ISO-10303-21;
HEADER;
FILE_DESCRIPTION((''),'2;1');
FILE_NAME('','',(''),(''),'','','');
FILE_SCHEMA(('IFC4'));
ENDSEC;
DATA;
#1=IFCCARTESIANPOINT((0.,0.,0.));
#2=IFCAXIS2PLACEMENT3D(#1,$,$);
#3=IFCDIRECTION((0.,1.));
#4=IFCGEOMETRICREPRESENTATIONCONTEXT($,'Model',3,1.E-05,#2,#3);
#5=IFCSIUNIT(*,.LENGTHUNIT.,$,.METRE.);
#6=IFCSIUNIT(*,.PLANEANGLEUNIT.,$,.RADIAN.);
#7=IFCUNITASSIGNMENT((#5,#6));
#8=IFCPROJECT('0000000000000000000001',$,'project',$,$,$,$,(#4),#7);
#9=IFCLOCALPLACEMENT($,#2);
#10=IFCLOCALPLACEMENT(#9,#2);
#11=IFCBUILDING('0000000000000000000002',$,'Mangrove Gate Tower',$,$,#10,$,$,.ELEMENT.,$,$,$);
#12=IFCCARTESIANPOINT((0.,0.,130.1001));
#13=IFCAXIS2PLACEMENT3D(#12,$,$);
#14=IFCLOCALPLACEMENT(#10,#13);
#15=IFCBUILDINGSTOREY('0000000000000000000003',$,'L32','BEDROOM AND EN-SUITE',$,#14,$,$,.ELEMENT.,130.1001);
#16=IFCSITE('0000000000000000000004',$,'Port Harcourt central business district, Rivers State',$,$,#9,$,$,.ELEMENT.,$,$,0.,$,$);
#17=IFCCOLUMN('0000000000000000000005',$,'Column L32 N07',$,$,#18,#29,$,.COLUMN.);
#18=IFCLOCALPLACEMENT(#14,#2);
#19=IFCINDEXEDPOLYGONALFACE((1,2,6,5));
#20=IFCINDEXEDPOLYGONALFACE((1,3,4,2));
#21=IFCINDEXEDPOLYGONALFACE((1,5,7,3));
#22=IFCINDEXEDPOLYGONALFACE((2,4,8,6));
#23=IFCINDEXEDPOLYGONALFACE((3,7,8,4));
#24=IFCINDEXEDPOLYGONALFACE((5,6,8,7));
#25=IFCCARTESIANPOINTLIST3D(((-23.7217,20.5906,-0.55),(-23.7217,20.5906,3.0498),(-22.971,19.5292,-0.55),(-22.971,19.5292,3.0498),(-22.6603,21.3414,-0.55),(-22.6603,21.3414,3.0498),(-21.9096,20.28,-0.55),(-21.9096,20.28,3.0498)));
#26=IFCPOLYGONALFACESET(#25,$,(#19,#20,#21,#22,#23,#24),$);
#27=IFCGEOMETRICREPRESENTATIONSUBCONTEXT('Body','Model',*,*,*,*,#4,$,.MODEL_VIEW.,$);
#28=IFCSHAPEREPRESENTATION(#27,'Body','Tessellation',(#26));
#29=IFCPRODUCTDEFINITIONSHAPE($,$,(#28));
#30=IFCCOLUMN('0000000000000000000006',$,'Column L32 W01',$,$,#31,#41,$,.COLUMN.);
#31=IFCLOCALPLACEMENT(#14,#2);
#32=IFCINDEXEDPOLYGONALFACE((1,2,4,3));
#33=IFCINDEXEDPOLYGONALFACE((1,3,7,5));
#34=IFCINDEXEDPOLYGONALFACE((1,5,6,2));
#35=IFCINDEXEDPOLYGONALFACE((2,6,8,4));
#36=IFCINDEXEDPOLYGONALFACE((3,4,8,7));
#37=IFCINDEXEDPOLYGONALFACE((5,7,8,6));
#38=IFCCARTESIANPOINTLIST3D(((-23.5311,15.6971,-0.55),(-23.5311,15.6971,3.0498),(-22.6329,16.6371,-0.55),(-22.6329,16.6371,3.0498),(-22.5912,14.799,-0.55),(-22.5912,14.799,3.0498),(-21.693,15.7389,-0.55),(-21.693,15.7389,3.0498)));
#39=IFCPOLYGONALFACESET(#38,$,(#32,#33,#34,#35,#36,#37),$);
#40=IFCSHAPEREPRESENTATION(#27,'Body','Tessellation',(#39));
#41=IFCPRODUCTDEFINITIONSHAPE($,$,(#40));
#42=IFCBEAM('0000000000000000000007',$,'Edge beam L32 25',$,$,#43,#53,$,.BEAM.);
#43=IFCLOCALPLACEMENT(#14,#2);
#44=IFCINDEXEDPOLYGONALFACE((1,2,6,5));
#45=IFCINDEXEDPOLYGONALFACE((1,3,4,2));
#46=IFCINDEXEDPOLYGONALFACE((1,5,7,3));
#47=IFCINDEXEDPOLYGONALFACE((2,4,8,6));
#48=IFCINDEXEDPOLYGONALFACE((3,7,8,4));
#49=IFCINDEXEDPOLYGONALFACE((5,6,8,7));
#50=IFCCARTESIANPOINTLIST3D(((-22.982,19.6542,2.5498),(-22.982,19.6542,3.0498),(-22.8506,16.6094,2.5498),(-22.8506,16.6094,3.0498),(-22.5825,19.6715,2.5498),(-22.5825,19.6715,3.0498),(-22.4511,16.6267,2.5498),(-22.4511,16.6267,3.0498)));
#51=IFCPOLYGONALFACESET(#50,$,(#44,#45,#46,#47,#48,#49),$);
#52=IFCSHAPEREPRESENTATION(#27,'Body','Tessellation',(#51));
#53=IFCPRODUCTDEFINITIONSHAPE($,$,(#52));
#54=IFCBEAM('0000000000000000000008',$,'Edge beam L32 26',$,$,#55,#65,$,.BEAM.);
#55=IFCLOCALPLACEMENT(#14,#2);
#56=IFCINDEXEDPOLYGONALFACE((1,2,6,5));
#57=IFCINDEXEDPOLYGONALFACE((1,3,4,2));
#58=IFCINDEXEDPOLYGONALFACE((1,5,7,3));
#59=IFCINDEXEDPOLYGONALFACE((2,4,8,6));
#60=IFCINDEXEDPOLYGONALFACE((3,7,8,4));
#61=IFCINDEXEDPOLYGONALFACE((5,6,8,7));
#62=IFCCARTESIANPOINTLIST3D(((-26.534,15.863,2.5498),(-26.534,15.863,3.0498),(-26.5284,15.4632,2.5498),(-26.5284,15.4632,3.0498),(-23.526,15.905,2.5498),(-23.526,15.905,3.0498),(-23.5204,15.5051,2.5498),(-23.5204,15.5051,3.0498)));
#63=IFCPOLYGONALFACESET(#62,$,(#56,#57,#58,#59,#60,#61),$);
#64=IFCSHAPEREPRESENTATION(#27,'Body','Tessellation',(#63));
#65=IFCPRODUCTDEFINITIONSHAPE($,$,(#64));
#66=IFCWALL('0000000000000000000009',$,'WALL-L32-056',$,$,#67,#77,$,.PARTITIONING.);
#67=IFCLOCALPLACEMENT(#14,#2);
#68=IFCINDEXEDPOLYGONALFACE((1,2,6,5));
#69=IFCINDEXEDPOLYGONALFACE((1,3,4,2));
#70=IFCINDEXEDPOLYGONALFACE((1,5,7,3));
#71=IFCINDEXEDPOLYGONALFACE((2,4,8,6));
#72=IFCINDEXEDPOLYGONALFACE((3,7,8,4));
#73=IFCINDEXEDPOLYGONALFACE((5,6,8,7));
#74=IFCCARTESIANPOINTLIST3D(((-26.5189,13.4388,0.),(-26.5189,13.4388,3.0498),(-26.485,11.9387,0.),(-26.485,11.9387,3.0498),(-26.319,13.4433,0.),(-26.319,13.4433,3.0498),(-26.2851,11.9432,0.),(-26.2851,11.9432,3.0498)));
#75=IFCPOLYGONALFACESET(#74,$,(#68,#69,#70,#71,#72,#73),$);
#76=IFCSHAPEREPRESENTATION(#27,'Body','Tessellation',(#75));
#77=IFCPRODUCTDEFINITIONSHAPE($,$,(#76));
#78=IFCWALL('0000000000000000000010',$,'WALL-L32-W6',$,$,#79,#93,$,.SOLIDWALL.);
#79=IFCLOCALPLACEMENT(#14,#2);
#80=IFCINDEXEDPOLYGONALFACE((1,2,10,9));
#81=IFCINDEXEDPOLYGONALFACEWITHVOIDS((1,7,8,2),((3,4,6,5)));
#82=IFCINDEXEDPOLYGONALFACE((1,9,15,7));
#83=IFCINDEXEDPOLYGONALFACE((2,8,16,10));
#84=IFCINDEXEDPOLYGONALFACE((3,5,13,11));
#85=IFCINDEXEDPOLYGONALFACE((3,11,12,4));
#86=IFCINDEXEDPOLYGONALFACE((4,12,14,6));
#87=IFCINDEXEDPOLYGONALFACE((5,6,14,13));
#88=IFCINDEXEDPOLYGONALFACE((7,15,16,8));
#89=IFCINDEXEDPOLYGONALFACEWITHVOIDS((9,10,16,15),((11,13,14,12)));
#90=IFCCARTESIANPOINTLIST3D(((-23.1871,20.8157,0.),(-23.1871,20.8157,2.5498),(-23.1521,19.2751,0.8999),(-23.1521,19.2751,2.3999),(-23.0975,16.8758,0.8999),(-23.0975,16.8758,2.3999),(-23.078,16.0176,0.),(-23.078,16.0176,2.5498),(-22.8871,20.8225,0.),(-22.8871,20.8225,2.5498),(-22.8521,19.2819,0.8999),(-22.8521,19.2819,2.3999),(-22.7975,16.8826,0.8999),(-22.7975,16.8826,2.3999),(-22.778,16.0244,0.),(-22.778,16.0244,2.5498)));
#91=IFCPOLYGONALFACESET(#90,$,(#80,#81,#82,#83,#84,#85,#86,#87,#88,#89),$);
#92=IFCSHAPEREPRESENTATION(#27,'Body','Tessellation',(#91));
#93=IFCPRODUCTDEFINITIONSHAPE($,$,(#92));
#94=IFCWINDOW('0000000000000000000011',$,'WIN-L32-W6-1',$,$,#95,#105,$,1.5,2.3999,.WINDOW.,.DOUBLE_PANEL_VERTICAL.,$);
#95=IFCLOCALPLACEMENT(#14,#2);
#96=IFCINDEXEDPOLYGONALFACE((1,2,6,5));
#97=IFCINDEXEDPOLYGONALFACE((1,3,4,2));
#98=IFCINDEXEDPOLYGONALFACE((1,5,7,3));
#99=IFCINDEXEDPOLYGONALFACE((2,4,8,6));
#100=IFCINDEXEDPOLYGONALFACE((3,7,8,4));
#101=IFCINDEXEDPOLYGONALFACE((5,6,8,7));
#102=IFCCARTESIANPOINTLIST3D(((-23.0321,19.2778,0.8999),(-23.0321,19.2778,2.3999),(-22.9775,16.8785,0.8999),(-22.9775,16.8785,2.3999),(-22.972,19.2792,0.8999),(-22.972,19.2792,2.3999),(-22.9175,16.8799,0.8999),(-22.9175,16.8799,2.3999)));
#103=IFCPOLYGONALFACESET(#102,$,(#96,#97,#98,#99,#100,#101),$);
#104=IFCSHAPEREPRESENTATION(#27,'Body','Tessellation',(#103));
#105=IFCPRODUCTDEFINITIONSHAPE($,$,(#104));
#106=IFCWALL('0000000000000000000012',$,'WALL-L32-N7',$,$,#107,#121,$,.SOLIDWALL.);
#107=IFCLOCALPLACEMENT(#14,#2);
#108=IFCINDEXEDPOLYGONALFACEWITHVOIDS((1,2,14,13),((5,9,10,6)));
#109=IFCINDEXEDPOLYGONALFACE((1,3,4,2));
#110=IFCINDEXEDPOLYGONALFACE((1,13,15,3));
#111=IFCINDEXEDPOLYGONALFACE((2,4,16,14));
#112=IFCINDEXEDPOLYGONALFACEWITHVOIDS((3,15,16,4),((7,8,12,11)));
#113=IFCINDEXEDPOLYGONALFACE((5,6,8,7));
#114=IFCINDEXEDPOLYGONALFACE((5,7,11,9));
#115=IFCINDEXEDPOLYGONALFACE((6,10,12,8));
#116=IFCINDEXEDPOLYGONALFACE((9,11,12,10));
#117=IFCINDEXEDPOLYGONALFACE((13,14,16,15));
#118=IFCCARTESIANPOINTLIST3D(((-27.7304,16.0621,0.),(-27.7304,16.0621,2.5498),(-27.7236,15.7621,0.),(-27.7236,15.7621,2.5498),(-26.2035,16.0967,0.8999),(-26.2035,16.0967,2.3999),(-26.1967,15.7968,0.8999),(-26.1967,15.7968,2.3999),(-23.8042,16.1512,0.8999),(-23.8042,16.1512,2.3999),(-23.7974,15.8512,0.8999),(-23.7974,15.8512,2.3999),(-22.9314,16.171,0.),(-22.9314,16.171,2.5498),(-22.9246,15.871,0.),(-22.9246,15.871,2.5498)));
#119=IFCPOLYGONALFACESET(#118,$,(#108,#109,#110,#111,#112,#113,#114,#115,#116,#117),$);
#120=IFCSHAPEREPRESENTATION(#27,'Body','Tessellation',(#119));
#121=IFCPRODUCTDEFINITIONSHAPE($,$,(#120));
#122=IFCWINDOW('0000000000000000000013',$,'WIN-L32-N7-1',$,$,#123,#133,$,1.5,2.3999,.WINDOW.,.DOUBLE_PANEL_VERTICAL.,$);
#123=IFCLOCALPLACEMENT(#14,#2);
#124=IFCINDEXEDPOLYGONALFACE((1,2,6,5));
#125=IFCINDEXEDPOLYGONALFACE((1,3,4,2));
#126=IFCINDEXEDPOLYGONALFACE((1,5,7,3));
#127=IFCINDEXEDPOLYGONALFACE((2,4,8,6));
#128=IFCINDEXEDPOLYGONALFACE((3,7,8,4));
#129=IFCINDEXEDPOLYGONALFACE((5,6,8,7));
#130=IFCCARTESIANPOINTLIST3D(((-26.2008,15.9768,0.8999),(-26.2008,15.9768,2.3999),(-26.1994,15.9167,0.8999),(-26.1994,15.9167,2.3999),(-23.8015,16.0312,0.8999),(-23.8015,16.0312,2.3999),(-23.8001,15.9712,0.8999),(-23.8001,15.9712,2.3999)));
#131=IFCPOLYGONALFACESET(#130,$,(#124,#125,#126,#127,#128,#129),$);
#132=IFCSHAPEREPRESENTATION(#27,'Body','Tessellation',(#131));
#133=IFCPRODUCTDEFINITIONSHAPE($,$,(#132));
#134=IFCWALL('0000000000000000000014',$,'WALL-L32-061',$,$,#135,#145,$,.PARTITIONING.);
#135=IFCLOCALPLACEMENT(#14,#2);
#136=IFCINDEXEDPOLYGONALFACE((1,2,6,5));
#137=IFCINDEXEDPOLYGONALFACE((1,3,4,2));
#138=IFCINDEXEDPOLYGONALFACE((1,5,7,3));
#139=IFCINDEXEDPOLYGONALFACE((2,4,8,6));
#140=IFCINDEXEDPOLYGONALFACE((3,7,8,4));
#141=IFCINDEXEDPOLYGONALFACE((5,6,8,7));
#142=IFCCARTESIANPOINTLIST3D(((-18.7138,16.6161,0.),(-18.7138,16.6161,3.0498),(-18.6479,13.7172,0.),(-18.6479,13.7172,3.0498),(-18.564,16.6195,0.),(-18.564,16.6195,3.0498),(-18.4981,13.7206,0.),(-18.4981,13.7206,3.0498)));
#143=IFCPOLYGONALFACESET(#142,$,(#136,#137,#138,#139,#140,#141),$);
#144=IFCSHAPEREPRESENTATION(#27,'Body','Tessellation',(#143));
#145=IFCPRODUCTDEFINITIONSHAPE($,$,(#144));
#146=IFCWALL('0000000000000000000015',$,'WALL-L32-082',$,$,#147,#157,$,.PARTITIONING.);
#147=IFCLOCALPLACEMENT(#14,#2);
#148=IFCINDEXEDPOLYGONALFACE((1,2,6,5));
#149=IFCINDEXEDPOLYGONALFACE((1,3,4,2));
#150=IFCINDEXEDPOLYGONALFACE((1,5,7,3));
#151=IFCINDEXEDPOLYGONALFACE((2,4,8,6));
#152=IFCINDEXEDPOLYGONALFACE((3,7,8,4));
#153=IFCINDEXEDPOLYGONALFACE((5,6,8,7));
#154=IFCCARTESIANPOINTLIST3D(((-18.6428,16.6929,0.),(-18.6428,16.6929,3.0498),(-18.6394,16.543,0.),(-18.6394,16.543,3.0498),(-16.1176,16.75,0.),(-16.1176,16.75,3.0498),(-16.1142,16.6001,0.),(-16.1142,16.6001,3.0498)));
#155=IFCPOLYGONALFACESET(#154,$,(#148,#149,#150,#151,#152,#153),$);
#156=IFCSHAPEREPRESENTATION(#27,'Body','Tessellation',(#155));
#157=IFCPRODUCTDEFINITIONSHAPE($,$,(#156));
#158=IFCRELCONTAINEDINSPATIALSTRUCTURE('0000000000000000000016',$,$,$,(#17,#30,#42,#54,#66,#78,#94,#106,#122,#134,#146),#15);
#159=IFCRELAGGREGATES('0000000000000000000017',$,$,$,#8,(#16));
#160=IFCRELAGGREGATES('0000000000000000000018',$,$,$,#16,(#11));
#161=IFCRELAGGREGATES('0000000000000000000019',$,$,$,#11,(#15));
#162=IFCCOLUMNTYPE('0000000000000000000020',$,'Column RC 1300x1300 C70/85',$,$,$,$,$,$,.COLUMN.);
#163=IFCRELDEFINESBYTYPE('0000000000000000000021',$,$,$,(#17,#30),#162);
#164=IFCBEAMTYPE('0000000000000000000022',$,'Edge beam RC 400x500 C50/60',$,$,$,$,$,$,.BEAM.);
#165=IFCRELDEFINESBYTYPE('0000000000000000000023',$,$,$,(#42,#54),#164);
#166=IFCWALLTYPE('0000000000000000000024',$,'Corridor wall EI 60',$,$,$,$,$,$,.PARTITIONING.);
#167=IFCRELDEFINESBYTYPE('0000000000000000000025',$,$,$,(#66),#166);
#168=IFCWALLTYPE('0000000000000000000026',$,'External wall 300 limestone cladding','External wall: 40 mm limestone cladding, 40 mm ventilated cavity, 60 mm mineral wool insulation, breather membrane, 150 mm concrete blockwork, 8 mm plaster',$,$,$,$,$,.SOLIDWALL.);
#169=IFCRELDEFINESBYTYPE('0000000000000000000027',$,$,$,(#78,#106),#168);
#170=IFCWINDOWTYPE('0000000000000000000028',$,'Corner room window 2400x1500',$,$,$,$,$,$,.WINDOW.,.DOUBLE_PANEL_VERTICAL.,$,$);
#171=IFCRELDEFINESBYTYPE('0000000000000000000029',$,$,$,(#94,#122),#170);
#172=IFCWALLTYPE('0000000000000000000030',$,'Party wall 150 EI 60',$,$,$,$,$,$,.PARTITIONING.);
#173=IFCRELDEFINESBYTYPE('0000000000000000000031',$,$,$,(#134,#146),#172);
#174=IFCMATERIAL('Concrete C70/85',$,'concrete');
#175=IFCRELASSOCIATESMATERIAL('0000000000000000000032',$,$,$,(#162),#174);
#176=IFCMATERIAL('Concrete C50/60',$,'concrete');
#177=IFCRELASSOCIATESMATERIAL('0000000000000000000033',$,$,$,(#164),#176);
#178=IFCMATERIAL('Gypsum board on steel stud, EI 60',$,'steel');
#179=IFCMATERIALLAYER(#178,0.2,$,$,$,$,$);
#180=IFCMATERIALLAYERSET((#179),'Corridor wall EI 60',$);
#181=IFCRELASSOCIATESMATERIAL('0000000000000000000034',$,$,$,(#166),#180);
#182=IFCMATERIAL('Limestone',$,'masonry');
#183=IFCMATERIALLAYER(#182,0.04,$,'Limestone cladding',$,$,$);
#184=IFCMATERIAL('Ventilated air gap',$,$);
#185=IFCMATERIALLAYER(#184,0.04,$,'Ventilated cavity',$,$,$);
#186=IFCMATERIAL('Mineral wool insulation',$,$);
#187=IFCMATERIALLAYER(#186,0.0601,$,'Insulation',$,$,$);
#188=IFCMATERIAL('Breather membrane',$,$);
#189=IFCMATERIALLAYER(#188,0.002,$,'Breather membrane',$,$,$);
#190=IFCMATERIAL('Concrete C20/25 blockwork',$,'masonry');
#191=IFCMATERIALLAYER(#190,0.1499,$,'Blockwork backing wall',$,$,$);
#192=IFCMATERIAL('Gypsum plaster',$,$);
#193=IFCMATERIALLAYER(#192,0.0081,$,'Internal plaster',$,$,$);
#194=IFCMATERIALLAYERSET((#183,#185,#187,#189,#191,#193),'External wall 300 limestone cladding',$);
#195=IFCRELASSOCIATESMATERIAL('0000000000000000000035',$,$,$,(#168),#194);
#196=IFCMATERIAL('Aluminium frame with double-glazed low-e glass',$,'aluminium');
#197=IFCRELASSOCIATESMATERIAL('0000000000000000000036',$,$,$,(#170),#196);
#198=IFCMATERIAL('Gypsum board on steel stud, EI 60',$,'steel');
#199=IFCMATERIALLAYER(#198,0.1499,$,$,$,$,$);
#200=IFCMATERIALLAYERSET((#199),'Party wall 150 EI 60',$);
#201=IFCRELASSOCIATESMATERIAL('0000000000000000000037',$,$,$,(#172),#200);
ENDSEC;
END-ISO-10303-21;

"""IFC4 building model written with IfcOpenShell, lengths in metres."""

from ifc_helpers import new_model, si_unit, direction, frame, frame_2d, origin, origin_2d, place, context, subcontext, project, spatial, rectangle, extrude, material, layer, layer_set, material_profile, profile_set, type_object, element, fill, save


model = new_model("IFC4")

# Units and contexts
model_context = context("Model", 3, precision=1e-05, world=origin(), true_north=direction((0.0, 1.0)))
body_context = subcontext(model_context, "Body", "Model", "MODEL_VIEW")
ifc_project = project(units=[si_unit("LENGTHUNIT", "METRE"), si_unit("PLANEANGLEUNIT", "RADIAN")], contexts=[model_context])

# Site, building, storey
site_placement = place(None, origin())
site = spatial("IfcSite", under=ifc_project, at=site_placement, Name="Port Harcourt central business district, Rivers State", CompositionType="ELEMENT", RefElevation=0.0)
building_placement = place(site_placement, origin())
building = spatial("IfcBuilding", under=site, at=building_placement, Name="Mangrove Gate Tower", CompositionType="ELEMENT")
storey_placement = place(building_placement, frame((0.0, 0.0, 130.1001)))
storey = spatial("IfcBuildingStorey", under=building, at=storey_placement, Name="L32", Description="BEDROOM AND EN-SUITE", CompositionType="ELEMENT", Elevation=130.1001)

# Columns
ifc_material_1 = material(Name="Concrete C70/85", Category="concrete")
ifc_material_profile_1 = material_profile(ifc_material_1, rectangle(XDim=1.3, YDim=1.3, at=origin_2d()))
ifc_profile_set_1 = profile_set([ifc_material_profile_1], Name="Concrete C70/85")
column_type = type_object("IfcColumnType", Name="Column RC 1300x1300 C70/85", PredefinedType="COLUMN", material=ifc_profile_set_1)
for number, where, z_axis, x_axis, name in (
    (1, (-22.8157, 20.4353, -0.55), (0.0, 0.0, 1.0), (-0.816422, -0.577455, 0.0), "Column L32 N07"),
    (2, (-22.6121, 15.718, -0.55), (0.0, 0.0, 1.0), (-0.690868, -0.722981, 0.0), "Column L32 W01"),
):
    element("IfcColumn", number, at=place(storey_placement, frame(where, z_axis=z_axis, x_axis=x_axis)), inside=storey, type_object=column_type, Name=name, PredefinedType="COLUMN", context=body_context, shape_type="SweptSolid", body=[
        extrude(rectangle(XDim=1.3, YDim=1.3, at=origin_2d()), origin(), (0.0, 0.0, 1.0), 3.5999),
    ])

# Beams
ifc_material_2 = material(Name="Concrete C50/60", Category="concrete")
ifc_material_profile_2 = material_profile(ifc_material_2, rectangle(XDim=0.3999, YDim=0.5, at=origin_2d()))
ifc_profile_set_2 = profile_set([ifc_material_profile_2], Name="Concrete C50/60")
beam_type = type_object("IfcBeamType", Name="Edge beam RC 400x500 C50/60", PredefinedType="BEAM", material=ifc_profile_set_2)
beam_1_placement = place(storey_placement, frame((-22.7822, 19.6628, 2.7998), z_axis=(0.0431, -0.999071, 0.0), x_axis=(0.999071, 0.0431, 0.0)))
element("IfcBeam", 3, at=beam_1_placement, inside=storey, type_object=beam_type, Name="Edge beam L32 25", PredefinedType="BEAM", context=body_context, shape_type="SweptSolid", body=[
    extrude(rectangle(XDim=0.3999, YDim=0.5, at=origin_2d()), origin(), (0.0, 0.0, 1.0), 3.0476),
])
beam_2_placement = place(storey_placement, frame((-23.5232, 15.7051, 2.7998), z_axis=(-0.999903, -0.013959, 0.0), x_axis=(0.013959, -0.999903, 0.0)))
element("IfcBeam", 4, at=beam_2_placement, inside=storey, type_object=beam_type, Name="Edge beam L32 26", PredefinedType="BEAM", context=body_context, shape_type="SweptSolid", body=[
    extrude(rectangle(XDim=0.3999, YDim=0.5, at=origin_2d()), origin(), (0.0, 0.0, 1.0), 3.0083),
])

# Wall
ifc_material_3 = material(Name="Gypsum board on steel stud, EI 60", Category="steel")
ifc_layer_1 = layer(ifc_material_3, 0.2)
ifc_layer_set_1 = layer_set([ifc_layer_1], Name="Corridor wall EI 60")
wall_type_1 = type_object("IfcWallType", Name="Corridor wall EI 60", PredefinedType="PARTITIONING", material=ifc_layer_set_1)
wall_1_placement = place(storey_placement, frame((-26.385, 11.9409, 0.0), z_axis=(0.0, 0.0, 1.0), x_axis=(-0.022618, 0.999744, 0.0)))
element("IfcWall", 5, at=wall_1_placement, inside=storey, type_object=wall_type_1, Name="WALL-L32-056", PredefinedType="PARTITIONING", context=body_context, shape_type="SweptSolid", body=[
    extrude(rectangle(XDim=1.5005, YDim=0.2, at=frame_2d((0.7502, 0.0))), origin(), (0.0, 0.0, 1.0), 3.0498),
])

# Walls, openings, windows
ifc_material_4 = material(Name="Limestone", Category="masonry")
ifc_layer_2 = layer(ifc_material_4, 0.04, Name="Limestone cladding")
ifc_material_5 = material(Name="Ventilated air gap")
ifc_layer_3 = layer(ifc_material_5, 0.04, Name="Ventilated cavity")
ifc_material_6 = material(Name="Mineral wool insulation")
ifc_layer_4 = layer(ifc_material_6, 0.0601, Name="Insulation")
ifc_material_7 = material(Name="Breather membrane")
ifc_layer_5 = layer(ifc_material_7, 0.002, Name="Breather membrane")
ifc_material_8 = material(Name="Concrete C20/25 blockwork", Category="masonry")
ifc_layer_6 = layer(ifc_material_8, 0.1499, Name="Blockwork backing wall")
ifc_material_9 = material(Name="Gypsum plaster")
ifc_layer_7 = layer(ifc_material_9, 0.0081, Name="Internal plaster")
ifc_layer_set_2 = layer_set([ifc_layer_2, ifc_layer_3, ifc_layer_4, ifc_layer_5, ifc_layer_6, ifc_layer_7], Name="External wall 300 limestone cladding")
wall_type_2 = type_object("IfcWallType", Name="External wall 300 limestone cladding", Description="External wall: 40 mm limestone cladding, 40 mm ventilated cavity, 60 mm mineral wool insulation, breather membrane, 150 mm concrete blockwork, 8 mm plaster", PredefinedType="SOLIDWALL", material=ifc_layer_set_2)
wall_2_placement = place(storey_placement, frame((-23.0371, 20.8191, 0.0), z_axis=(0.0, 0.0, 1.0), x_axis=(0.022739, -0.999741, 0.0)))
wall_2 = element("IfcWall", 6, at=wall_2_placement, inside=storey, type_object=wall_type_2, Name="WALL-L32-W6", PredefinedType="SOLIDWALL", context=body_context, shape_type="SweptSolid", body=[
    extrude(rectangle(XDim=4.7993, YDim=0.3, at=frame_2d((2.3997, 0.0))), origin(), (0.0, 0.0, 1.0), 2.5498),
])
opening_1_placement = place(wall_2_placement, frame((1.541, 0.0, 0.8999)))
opening_1 = element("IfcOpeningElement", 7, at=opening_1_placement, cuts=wall_2, PredefinedType="OPENING", context=body_context, shape_type="SweptSolid", body=[
    extrude(rectangle(XDim=2.3999, YDim=1.5, at=frame_2d((1.2, 0.75))), frame((0.0, 0.1599, 0.0), z_axis=(0.0, -1.0, 0.0), x_axis=(1.0, 0.0, 0.0)), (0.0, 0.0, 1.0), 0.3201),
])
ifc_material_10 = material(Name="Aluminium frame with double-glazed low-e glass", Category="aluminium")
window_type = type_object("IfcWindowType", Name="Corner room window 2400x1500", PartitioningType="DOUBLE_PANEL_VERTICAL", PredefinedType="WINDOW", material=ifc_material_10)
window_1_placement = place(opening_1_placement, origin())
window_1 = element("IfcWindow", 8, at=window_1_placement, inside=storey, type_object=window_type, Name="WIN-L32-W6-1", OverallHeight=1.5, OverallWidth=2.3999, PartitioningType="DOUBLE_PANEL_VERTICAL", PredefinedType="WINDOW", context=body_context, shape_type="SweptSolid", body=[
    extrude(rectangle(XDim=2.3999, YDim=1.5, at=frame_2d((1.2, 0.75))), frame((0.0, 0.03, 0.0), z_axis=(0.0, -1.0, 0.0), x_axis=(1.0, 0.0, 0.0)), (0.0, 0.0, 1.0), 0.0601),
])
fill(opening_1, window_1)
wall_3_placement = place(storey_placement, frame((-22.928, 16.021, 0.0), z_axis=(0.0, 0.0, 1.0), x_axis=(-0.999743, -0.022683, 0.0)))
wall_3 = element("IfcWall", 9, at=wall_3_placement, inside=storey, type_object=wall_type_2, Name="WALL-L32-N7", PredefinedType="SOLIDWALL", context=body_context, shape_type="SweptSolid", body=[
    extrude(rectangle(XDim=4.8003, YDim=0.3, at=frame_2d((2.4001, 0.0))), origin(), (0.0, 0.0, 1.0), 2.5498),
])
opening_2_placement = place(wall_3_placement, frame((0.873, 0.0, 0.8999)))
opening_2 = element("IfcOpeningElement", 10, at=opening_2_placement, cuts=wall_3, PredefinedType="OPENING", context=body_context, shape_type="SweptSolid", body=[
    extrude(rectangle(XDim=2.3999, YDim=1.5, at=frame_2d((1.2, 0.75))), frame((0.0, 0.1599, 0.0), z_axis=(0.0, -1.0, 0.0), x_axis=(1.0, 0.0, 0.0)), (0.0, 0.0, 1.0), 0.3201),
])
window_2_placement = place(opening_2_placement, origin())
window_2 = element("IfcWindow", 11, at=window_2_placement, inside=storey, type_object=window_type, Name="WIN-L32-N7-1", OverallHeight=1.5, OverallWidth=2.3999, PartitioningType="DOUBLE_PANEL_VERTICAL", PredefinedType="WINDOW", context=body_context, shape_type="SweptSolid", body=[
    extrude(rectangle(XDim=2.3999, YDim=1.5, at=frame_2d((1.2, 0.75))), frame((0.0, 0.03, 0.0), z_axis=(0.0, -1.0, 0.0), x_axis=(1.0, 0.0, 0.0)), (0.0, 0.0, 1.0), 0.0601),
])
fill(opening_2, window_2)

# Walls
ifc_material_11 = material(Name="Gypsum board on steel stud, EI 60", Category="steel")
ifc_layer_8 = layer(ifc_material_11, 0.1499)
ifc_layer_set_3 = layer_set([ifc_layer_8], Name="Party wall 150 EI 60")
wall_type_3 = type_object("IfcWallType", Name="Party wall 150 EI 60", PredefinedType="PARTITIONING", material=ifc_layer_set_3)
wall_4_placement = place(storey_placement, frame((-18.573, 13.719, 0.0), z_axis=(0.0, 0.0, 1.0), x_axis=(-0.022733, 0.999742, 0.0)))
element("IfcWall", 12, at=wall_4_placement, inside=storey, type_object=wall_type_3, Name="WALL-L32-061", PredefinedType="PARTITIONING", context=body_context, shape_type="SweptSolid", body=[
    extrude(rectangle(XDim=2.8997, YDim=0.1499, at=frame_2d((1.4497, 0.0))), origin(), (0.0, 0.0, 1.0), 3.0498),
])
wall_5_placement = place(storey_placement, frame((-18.6411, 16.6179, 0.0), z_axis=(0.0, 0.0, 1.0), x_axis=(0.999744, 0.022618, 0.0)))
element("IfcWall", 13, at=wall_5_placement, inside=storey, type_object=wall_type_3, Name="WALL-L32-082", PredefinedType="PARTITIONING", context=body_context, shape_type="SweptSolid", body=[
    extrude(rectangle(XDim=2.5259, YDim=0.1499, at=frame_2d((1.2629, 0.0))), origin(), (0.0, 0.0, 1.0), 3.0498),
])

save(model, "model.ifc")
